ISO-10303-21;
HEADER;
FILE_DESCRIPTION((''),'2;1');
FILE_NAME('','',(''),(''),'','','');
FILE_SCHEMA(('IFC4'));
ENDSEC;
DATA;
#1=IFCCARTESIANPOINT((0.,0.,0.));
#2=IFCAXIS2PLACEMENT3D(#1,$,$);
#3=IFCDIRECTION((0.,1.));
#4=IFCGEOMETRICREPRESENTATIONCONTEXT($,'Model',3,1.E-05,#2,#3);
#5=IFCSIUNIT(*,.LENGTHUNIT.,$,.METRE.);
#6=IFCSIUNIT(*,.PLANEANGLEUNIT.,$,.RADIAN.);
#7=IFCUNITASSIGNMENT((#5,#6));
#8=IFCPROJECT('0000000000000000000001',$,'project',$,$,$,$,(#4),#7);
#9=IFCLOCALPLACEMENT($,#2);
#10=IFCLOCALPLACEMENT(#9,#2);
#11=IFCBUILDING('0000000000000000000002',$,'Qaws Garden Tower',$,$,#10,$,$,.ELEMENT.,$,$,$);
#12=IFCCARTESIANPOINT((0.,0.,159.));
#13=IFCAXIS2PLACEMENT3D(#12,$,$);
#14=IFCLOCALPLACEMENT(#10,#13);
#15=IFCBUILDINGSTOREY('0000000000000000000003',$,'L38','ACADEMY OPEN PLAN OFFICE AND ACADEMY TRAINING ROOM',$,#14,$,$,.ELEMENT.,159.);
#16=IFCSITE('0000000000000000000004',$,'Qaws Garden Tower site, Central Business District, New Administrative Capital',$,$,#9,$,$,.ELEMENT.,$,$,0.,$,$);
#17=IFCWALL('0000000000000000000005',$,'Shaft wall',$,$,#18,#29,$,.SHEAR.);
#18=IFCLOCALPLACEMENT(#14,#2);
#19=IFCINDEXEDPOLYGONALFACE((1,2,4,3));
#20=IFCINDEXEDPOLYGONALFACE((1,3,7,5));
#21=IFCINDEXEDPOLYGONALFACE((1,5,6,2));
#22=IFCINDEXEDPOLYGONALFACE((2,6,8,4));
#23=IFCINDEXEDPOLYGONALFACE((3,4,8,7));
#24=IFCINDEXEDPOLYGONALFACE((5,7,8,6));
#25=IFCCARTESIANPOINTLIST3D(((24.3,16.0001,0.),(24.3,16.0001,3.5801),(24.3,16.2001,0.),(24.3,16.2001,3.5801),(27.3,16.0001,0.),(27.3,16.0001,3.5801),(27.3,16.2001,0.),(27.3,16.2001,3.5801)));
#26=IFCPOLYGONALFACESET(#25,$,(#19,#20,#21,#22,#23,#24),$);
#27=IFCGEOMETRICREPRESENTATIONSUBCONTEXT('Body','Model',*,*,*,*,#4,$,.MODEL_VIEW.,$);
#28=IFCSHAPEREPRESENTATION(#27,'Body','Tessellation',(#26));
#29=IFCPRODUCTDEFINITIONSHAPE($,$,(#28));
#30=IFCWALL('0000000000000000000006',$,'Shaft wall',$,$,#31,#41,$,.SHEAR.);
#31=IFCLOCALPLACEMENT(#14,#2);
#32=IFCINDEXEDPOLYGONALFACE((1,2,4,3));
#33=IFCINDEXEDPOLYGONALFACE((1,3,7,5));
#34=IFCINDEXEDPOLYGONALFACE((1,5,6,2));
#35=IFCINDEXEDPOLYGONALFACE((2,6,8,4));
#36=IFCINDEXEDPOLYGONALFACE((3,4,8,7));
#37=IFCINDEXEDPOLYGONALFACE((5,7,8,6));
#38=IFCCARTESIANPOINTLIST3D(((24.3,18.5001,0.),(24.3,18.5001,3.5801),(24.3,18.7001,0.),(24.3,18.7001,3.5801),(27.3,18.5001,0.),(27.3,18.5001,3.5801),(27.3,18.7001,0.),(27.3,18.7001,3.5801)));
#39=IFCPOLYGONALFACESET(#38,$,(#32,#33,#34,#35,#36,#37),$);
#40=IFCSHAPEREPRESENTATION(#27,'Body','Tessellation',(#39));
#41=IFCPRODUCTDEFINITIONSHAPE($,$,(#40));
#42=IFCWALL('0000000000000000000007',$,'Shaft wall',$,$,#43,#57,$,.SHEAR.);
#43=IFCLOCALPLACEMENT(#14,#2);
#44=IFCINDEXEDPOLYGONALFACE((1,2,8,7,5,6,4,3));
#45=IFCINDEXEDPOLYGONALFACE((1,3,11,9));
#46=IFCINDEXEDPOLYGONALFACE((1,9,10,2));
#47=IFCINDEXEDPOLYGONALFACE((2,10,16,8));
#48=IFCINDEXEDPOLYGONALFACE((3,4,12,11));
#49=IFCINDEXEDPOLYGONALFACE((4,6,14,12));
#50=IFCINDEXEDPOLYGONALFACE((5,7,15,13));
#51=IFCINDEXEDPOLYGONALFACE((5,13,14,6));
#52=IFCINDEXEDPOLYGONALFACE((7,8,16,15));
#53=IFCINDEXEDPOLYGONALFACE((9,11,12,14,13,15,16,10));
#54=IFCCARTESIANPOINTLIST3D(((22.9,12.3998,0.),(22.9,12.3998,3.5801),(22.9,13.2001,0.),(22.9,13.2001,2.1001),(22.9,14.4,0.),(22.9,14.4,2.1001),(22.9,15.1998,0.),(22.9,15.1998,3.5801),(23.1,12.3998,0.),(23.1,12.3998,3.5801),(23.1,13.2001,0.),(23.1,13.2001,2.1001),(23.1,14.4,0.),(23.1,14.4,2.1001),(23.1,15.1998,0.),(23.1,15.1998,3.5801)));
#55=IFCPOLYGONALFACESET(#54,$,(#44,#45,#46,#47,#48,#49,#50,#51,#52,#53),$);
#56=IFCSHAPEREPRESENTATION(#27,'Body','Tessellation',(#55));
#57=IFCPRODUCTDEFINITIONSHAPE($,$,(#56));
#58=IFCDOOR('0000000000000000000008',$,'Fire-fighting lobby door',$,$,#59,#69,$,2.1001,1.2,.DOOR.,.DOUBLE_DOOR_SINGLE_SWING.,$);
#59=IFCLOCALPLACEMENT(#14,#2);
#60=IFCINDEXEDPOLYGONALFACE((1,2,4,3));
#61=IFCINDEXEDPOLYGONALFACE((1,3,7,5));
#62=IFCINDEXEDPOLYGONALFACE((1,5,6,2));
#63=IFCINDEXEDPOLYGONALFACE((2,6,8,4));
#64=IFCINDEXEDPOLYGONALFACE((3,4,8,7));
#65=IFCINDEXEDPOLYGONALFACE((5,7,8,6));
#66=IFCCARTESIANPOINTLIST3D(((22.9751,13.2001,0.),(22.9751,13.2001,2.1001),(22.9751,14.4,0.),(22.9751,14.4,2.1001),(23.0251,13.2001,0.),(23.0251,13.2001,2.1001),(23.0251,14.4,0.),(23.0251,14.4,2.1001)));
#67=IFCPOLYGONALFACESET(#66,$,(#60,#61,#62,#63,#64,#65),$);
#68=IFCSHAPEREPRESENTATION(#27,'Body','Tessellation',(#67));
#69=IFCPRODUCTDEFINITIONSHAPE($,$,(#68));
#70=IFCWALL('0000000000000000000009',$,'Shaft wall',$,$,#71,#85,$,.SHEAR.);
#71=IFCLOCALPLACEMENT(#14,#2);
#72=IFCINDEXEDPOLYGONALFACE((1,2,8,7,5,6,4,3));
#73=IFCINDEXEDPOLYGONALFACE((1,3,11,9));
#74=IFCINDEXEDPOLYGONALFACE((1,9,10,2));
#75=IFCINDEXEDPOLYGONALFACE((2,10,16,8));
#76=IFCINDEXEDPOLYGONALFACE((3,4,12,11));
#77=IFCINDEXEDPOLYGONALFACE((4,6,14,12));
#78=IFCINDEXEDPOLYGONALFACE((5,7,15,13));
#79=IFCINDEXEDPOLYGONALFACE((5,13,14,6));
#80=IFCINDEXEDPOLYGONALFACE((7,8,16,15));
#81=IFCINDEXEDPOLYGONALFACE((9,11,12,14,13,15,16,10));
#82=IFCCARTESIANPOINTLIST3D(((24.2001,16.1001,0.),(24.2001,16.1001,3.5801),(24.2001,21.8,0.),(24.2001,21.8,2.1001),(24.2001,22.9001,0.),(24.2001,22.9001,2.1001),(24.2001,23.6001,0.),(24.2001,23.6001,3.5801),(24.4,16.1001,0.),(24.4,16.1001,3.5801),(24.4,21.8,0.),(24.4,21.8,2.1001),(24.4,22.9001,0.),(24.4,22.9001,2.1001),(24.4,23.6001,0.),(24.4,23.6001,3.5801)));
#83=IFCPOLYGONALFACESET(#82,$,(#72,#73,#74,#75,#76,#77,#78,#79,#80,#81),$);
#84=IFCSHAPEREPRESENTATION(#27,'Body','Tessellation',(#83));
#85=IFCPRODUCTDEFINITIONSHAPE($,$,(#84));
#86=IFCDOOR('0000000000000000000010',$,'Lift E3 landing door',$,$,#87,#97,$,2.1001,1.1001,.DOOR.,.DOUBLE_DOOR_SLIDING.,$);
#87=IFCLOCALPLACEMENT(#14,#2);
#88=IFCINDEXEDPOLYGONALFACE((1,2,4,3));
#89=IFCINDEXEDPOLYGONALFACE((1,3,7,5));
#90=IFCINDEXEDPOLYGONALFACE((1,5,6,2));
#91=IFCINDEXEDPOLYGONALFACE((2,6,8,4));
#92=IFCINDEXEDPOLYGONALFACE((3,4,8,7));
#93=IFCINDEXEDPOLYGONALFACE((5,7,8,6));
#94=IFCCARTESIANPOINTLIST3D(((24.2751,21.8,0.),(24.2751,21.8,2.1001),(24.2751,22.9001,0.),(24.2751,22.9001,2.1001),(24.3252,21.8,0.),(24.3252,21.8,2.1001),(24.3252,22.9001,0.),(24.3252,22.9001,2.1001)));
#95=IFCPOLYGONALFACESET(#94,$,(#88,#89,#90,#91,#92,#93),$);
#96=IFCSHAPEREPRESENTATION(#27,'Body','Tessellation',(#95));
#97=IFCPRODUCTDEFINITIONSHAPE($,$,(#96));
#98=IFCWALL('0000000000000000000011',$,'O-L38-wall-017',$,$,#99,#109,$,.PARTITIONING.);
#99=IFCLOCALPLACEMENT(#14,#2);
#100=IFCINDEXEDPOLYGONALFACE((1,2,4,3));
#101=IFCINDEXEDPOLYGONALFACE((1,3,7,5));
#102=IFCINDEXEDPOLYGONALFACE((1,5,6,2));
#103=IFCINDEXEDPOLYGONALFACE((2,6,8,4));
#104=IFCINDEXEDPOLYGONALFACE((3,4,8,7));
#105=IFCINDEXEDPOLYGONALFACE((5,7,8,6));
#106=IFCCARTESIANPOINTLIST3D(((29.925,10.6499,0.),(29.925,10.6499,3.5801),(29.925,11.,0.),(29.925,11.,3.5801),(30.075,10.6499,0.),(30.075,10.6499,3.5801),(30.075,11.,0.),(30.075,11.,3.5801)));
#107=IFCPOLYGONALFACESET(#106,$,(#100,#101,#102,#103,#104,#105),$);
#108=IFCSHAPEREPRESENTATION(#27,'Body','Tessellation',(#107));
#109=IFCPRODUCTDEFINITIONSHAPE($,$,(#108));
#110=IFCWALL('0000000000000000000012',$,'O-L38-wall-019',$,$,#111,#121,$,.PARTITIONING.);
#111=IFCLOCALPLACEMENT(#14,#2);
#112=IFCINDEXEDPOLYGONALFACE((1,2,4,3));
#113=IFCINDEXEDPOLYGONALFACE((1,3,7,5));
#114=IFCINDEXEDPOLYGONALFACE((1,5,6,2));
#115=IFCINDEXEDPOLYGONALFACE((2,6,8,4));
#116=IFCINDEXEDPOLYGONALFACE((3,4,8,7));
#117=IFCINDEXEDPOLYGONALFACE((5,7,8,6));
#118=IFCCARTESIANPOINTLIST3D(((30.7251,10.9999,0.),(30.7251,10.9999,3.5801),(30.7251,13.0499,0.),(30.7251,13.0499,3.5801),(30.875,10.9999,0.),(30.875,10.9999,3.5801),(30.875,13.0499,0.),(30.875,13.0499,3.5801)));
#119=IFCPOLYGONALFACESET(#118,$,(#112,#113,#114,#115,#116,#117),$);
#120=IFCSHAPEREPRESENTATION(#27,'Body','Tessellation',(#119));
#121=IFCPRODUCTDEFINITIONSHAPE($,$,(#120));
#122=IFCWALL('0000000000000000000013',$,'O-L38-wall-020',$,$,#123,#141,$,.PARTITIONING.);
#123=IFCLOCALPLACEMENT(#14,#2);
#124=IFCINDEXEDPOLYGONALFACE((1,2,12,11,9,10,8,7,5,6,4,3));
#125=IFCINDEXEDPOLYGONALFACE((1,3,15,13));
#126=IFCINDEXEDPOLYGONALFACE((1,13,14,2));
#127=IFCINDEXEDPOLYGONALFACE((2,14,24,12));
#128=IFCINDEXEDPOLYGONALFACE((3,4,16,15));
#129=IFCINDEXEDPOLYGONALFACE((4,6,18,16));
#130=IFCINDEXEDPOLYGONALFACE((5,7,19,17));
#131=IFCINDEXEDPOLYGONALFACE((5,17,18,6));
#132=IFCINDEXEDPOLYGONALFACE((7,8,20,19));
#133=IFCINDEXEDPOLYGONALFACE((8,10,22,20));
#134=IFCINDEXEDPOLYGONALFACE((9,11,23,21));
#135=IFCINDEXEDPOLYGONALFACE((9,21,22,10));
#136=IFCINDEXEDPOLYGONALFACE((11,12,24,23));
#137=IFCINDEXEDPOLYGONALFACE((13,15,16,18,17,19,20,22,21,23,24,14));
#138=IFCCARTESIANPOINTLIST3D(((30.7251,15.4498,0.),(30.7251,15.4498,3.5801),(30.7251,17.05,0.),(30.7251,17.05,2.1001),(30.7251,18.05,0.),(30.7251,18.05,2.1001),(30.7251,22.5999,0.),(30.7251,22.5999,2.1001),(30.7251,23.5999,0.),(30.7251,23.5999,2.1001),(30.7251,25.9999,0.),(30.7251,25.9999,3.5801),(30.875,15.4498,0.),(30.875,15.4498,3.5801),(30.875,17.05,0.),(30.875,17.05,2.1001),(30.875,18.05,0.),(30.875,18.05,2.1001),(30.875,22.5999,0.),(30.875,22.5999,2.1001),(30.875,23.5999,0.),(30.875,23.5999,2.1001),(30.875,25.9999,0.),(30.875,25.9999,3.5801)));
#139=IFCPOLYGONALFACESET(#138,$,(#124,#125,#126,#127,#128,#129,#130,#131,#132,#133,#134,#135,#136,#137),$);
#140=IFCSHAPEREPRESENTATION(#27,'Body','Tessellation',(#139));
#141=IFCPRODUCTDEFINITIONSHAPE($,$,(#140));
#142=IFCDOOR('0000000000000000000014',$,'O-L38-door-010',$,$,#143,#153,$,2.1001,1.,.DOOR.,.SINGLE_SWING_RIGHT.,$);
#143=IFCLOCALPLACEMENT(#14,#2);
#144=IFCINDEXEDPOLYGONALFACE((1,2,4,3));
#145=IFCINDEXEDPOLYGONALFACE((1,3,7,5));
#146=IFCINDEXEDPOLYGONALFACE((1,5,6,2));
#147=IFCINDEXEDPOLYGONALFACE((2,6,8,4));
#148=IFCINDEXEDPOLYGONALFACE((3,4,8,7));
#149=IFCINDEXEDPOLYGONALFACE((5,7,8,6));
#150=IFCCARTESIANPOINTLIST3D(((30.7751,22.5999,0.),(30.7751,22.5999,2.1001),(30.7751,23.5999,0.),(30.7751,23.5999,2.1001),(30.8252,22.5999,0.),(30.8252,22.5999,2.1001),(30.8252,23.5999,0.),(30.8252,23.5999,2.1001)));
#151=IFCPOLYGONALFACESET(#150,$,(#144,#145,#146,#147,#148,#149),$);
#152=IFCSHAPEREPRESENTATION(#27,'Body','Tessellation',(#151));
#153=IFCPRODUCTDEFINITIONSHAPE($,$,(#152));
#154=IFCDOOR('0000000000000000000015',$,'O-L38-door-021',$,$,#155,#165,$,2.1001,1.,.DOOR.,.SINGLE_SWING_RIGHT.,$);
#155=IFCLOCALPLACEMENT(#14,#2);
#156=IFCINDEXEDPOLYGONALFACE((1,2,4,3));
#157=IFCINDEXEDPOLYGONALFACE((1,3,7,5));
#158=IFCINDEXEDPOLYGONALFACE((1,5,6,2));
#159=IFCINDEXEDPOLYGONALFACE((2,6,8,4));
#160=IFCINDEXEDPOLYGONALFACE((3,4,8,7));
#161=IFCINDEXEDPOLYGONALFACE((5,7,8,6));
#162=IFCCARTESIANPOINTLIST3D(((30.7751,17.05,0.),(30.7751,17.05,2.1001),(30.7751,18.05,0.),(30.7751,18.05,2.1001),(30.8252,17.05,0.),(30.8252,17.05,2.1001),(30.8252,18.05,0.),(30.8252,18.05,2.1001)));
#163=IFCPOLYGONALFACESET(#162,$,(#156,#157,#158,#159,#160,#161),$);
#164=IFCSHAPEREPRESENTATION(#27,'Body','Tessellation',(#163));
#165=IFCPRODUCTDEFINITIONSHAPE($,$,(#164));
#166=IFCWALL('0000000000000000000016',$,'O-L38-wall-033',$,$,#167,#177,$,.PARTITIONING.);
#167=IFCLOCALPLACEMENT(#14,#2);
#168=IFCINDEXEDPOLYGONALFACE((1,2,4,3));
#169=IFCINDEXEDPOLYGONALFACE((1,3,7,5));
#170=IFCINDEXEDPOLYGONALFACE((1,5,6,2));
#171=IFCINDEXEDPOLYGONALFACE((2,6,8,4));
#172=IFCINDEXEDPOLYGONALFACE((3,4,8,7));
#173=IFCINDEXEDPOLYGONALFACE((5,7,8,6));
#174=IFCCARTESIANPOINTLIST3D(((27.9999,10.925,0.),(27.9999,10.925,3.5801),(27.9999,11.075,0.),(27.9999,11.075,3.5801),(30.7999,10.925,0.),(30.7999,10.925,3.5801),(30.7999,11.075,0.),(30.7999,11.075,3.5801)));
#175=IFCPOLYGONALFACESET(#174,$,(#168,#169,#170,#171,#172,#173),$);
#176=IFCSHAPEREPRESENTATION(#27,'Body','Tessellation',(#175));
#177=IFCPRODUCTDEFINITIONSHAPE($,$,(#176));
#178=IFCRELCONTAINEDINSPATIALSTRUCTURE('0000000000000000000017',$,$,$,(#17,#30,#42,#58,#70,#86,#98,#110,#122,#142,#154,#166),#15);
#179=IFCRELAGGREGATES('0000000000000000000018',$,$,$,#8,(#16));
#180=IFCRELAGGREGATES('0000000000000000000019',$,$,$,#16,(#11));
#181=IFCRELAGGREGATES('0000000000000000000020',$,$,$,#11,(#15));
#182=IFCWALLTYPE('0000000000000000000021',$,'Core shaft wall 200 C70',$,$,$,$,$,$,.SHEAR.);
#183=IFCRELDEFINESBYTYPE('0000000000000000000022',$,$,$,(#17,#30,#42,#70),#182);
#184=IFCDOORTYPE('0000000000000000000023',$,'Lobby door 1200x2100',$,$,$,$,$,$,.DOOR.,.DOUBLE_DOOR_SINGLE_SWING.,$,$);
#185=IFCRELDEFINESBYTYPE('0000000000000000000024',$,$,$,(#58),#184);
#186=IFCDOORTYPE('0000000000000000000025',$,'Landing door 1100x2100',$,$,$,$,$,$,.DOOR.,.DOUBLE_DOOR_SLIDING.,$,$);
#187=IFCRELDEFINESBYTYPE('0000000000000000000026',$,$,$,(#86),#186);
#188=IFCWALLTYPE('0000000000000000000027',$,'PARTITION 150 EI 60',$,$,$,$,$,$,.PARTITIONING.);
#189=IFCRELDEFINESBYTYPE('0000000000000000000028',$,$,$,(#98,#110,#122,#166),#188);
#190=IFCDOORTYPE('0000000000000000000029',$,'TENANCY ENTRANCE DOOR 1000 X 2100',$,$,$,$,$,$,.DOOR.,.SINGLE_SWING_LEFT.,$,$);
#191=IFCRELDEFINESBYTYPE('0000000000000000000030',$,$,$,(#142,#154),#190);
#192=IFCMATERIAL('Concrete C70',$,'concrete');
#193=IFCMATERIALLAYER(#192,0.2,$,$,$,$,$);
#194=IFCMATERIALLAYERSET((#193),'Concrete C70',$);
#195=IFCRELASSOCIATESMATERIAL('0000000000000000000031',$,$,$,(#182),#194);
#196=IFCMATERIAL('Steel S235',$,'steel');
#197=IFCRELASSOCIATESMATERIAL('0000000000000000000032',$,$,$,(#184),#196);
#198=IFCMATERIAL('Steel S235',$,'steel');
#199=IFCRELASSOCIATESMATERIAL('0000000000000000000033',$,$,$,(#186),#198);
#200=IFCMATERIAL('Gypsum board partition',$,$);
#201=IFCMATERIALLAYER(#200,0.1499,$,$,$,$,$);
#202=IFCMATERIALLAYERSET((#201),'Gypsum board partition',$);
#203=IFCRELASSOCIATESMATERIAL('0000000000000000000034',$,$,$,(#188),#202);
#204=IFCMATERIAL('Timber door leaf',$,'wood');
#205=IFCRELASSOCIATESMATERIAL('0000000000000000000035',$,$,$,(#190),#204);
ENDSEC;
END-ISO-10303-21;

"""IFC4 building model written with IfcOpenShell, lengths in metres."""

from ifc_helpers import new_model, si_unit, direction, frame, frame_2d, origin, place, context, subcontext, project, spatial, rectangle, extrude, material, layer, layer_set, type_object, element, fill, save


model = new_model("IFC4")

# Units and contexts
model_context = context("Model", 3, precision=1e-05, world=origin(), true_north=direction((0.0, 1.0)))
body_context = subcontext(model_context, "Body", "Model", "MODEL_VIEW")
ifc_project = project(units=[si_unit("LENGTHUNIT", "METRE"), si_unit("PLANEANGLEUNIT", "RADIAN")], contexts=[model_context])

# Site, building, storey
site_placement = place(None, origin())
site = spatial("IfcSite", under=ifc_project, at=site_placement, Name="Qaws Garden Tower site, Central Business District, New Administrative Capital", CompositionType="ELEMENT", RefElevation=0.0)
building_placement = place(site_placement, origin())
building = spatial("IfcBuilding", under=site, at=building_placement, Name="Qaws Garden Tower", CompositionType="ELEMENT")
storey_placement = place(building_placement, frame((0.0, 0.0, 159.0)))
storey = spatial("IfcBuildingStorey", under=building, at=storey_placement, Name="L38", Description="ACADEMY OPEN PLAN OFFICE AND ACADEMY TRAINING ROOM", CompositionType="ELEMENT", Elevation=159.0)

# Walls
ifc_material_1 = material(Name="Concrete C70", Category="concrete")
ifc_layer_1 = layer(ifc_material_1, 0.2)
ifc_layer_set_1 = layer_set([ifc_layer_1], Name="Concrete C70")
wall_type_1 = type_object("IfcWallType", Name="Core shaft wall 200 C70", PredefinedType="SHEAR", material=ifc_layer_set_1)
for number, where, z_axis, x_axis, name in (
    (1, (24.3, 16.1001, 0.0), (0.0, 0.0, 1.0), (1.0, 0.0, 0.0), "Shaft wall"),
    (2, (24.3, 18.6001, 0.0), (0.0, 0.0, 1.0), (1.0, 0.0, 0.0), "Shaft wall"),
):
    element("IfcWall", number, at=place(storey_placement, frame(where, z_axis=z_axis, x_axis=x_axis)), inside=storey, type_object=wall_type_1, Name=name, PredefinedType="SHEAR", context=body_context, shape_type="SweptSolid", body=[
        extrude(rectangle(XDim=3.0, YDim=0.2, at=frame_2d((1.5, 0.0))), origin(), (0.0, 0.0, 1.0), 3.5801),
    ])

# Walls, openings, doors
wall_1_placement = place(storey_placement, frame((23.0, 12.3999, 0.0), z_axis=(0.0, 0.0, 1.0), x_axis=(0.0, 1.0, 0.0)))
wall_1 = element("IfcWall", 3, at=wall_1_placement, inside=storey, type_object=wall_type_1, Name="Shaft wall", PredefinedType="SHEAR", context=body_context, shape_type="SweptSolid", body=[
    extrude(rectangle(XDim=2.8, YDim=0.2, at=frame_2d((1.3999, 0.0))), origin(), (0.0, 0.0, 1.0), 3.5801),
])
opening_1_placement = place(wall_1_placement, frame((0.8, 0.0, 0.0)))
opening_1 = element("IfcOpeningElement", 4, at=opening_1_placement, cuts=wall_1, PredefinedType="OPENING", context=body_context, shape_type="SweptSolid", body=[
    extrude(rectangle(XDim=1.2, YDim=2.1001, at=frame_2d((0.6001, 1.05))), frame((0.0, 0.1099, 0.0), z_axis=(0.0, -1.0, 0.0), x_axis=(1.0, 0.0, 0.0)), (0.0, 0.0, 1.0), 0.22),
])
ifc_material_2 = material(Name="Steel S235", Category="steel")
door_type_1 = type_object("IfcDoorType", Name="Lobby door 1200x2100", OperationType="DOUBLE_DOOR_SINGLE_SWING", PredefinedType="DOOR", material=ifc_material_2)
door_1_placement = place(opening_1_placement, origin())
door_1 = element("IfcDoor", 5, at=door_1_placement, inside=storey, type_object=door_type_1, Name="Fire-fighting lobby door", OperationType="DOUBLE_DOOR_SINGLE_SWING", OverallHeight=2.1001, OverallWidth=1.2, PredefinedType="DOOR", context=body_context, shape_type="SweptSolid", body=[
    extrude(rectangle(XDim=1.2, YDim=2.1001, at=frame_2d((0.6001, 1.05))), frame((0.0, 0.0249, 0.0), z_axis=(0.0, -1.0, 0.0), x_axis=(1.0, 0.0, 0.0)), (0.0, 0.0, 1.0), 0.05),
])
fill(opening_1, door_1)
wall_2_placement = place(storey_placement, frame((24.3, 16.1001, 0.0), z_axis=(0.0, 0.0, 1.0), x_axis=(0.0, 1.0, 0.0)))
wall_2 = element("IfcWall", 6, at=wall_2_placement, inside=storey, type_object=wall_type_1, Name="Shaft wall", PredefinedType="SHEAR", context=body_context, shape_type="SweptSolid", body=[
    extrude(rectangle(XDim=7.5, YDim=0.2, at=frame_2d((3.75, 0.0))), origin(), (0.0, 0.0, 1.0), 3.5801),
])
opening_2_placement = place(wall_2_placement, frame((5.7, 0.0, 0.0)))
opening_2 = element("IfcOpeningElement", 7, at=opening_2_placement, cuts=wall_2, PredefinedType="OPENING", context=body_context, shape_type="SweptSolid", body=[
    extrude(rectangle(XDim=1.1001, YDim=2.1001, at=frame_2d((0.55, 1.05))), frame((0.0, 0.1099, 0.0), z_axis=(0.0, -1.0, 0.0), x_axis=(1.0, 0.0, 0.0)), (0.0, 0.0, 1.0), 0.22),
])
ifc_material_3 = material(Name="Steel S235", Category="steel")
door_type_2 = type_object("IfcDoorType", Name="Landing door 1100x2100", OperationType="DOUBLE_DOOR_SLIDING", PredefinedType="DOOR", material=ifc_material_3)
door_2_placement = place(opening_2_placement, origin())
door_2 = element("IfcDoor", 8, at=door_2_placement, inside=storey, type_object=door_type_2, Name="Lift E3 landing door", OperationType="DOUBLE_DOOR_SLIDING", OverallHeight=2.1001, OverallWidth=1.1001, PredefinedType="DOOR", context=body_context, shape_type="SweptSolid", body=[
    extrude(rectangle(XDim=1.1001, YDim=2.1001, at=frame_2d((0.55, 1.05))), frame((0.0, 0.0249, 0.0), z_axis=(0.0, -1.0, 0.0), x_axis=(1.0, 0.0, 0.0)), (0.0, 0.0, 1.0), 0.05),
])
fill(opening_2, door_2)

# Walls
ifc_material_4 = material(Name="Gypsum board partition")
ifc_layer_2 = layer(ifc_material_4, 0.1499)
ifc_layer_set_2 = layer_set([ifc_layer_2], Name="Gypsum board partition")
wall_type_2 = type_object("IfcWallType", Name="PARTITION 150 EI 60", PredefinedType="PARTITIONING", material=ifc_layer_set_2)
wall_3_placement = place(storey_placement, frame((30.0, 10.6499, 0.0), z_axis=(0.0, 0.0, 1.0), x_axis=(0.0, 1.0, 0.0)))
element("IfcWall", 9, at=wall_3_placement, inside=storey, type_object=wall_type_2, Name="O-L38-wall-017", PredefinedType="PARTITIONING", context=body_context, shape_type="SweptSolid", body=[
    extrude(rectangle(XDim=0.3501, YDim=0.1499, at=frame_2d((0.175, 0.0))), origin(), (0.0, 0.0, 1.0), 3.5801),
])
wall_4_placement = place(storey_placement, frame((30.8, 11.0, 0.0), z_axis=(0.0, 0.0, 1.0), x_axis=(0.0, 1.0, 0.0)))
element("IfcWall", 10, at=wall_4_placement, inside=storey, type_object=wall_type_2, Name="O-L38-wall-019", PredefinedType="PARTITIONING", context=body_context, shape_type="SweptSolid", body=[
    extrude(rectangle(XDim=2.05, YDim=0.1499, at=frame_2d((1.0249, 0.0))), origin(), (0.0, 0.0, 1.0), 3.5801),
])

# Wall, openings, doors
wall_5_placement = place(storey_placement, frame((30.8, 15.45, 0.0), z_axis=(0.0, 0.0, 1.0), x_axis=(0.0, 1.0, 0.0)))
wall_5 = element("IfcWall", 11, at=wall_5_placement, inside=storey, type_object=wall_type_2, Name="O-L38-wall-020", PredefinedType="PARTITIONING", context=body_context, shape_type="SweptSolid", body=[
    extrude(rectangle(XDim=10.55, YDim=0.1499, at=frame_2d((5.2749, 0.0))), origin(), (0.0, 0.0, 1.0), 3.5801),
])
opening_3_placement = place(wall_5_placement, frame((7.1499, 0.0, 0.0)))
opening_3 = element("IfcOpeningElement", 12, at=opening_3_placement, cuts=wall_5, PredefinedType="OPENING", context=body_context, shape_type="SweptSolid", body=[
    extrude(rectangle(XDim=1.0, YDim=2.1001, at=frame_2d((0.5, 1.05))), frame((0.0, 0.085, 0.0), z_axis=(0.0, -1.0, 0.0), x_axis=(1.0, 0.0, 0.0)), (0.0, 0.0, 1.0), 0.1699),
])
opening_4_placement = place(wall_5_placement, frame((1.6001, 0.0, 0.0)))
opening_4 = element("IfcOpeningElement", 13, at=opening_4_placement, cuts=wall_5, PredefinedType="OPENING", context=body_context, shape_type="SweptSolid", body=[
    extrude(rectangle(XDim=1.0, YDim=2.1001, at=frame_2d((0.5, 1.05))), frame((0.0, 0.085, 0.0), z_axis=(0.0, -1.0, 0.0), x_axis=(1.0, 0.0, 0.0)), (0.0, 0.0, 1.0), 0.1699),
])
ifc_material_5 = material(Name="Timber door leaf", Category="wood")
door_type_3 = type_object("IfcDoorType", Name="TENANCY ENTRANCE DOOR 1000 X 2100", OperationType="SINGLE_SWING_LEFT", PredefinedType="DOOR", material=ifc_material_5)
door_3_placement = place(opening_3_placement, origin())
door_3 = element("IfcDoor", 14, at=door_3_placement, inside=storey, type_object=door_type_3, Name="O-L38-door-010", OperationType="SINGLE_SWING_RIGHT", OverallHeight=2.1001, OverallWidth=1.0, PredefinedType="DOOR", context=body_context, shape_type="SweptSolid", body=[
    extrude(rectangle(XDim=1.0, YDim=2.1001, at=frame_2d((0.5, 1.05))), frame((0.0, 0.0249, 0.0), z_axis=(0.0, -1.0, 0.0), x_axis=(1.0, 0.0, 0.0)), (0.0, 0.0, 1.0), 0.05),
])
fill(opening_3, door_3)
door_4_placement = place(opening_4_placement, origin())
door_4 = element("IfcDoor", 15, at=door_4_placement, inside=storey, type_object=door_type_3, Name="O-L38-door-021", OperationType="SINGLE_SWING_RIGHT", OverallHeight=2.1001, OverallWidth=1.0, PredefinedType="DOOR", context=body_context, shape_type="SweptSolid", body=[
    extrude(rectangle(XDim=1.0, YDim=2.1001, at=frame_2d((0.5, 1.05))), frame((0.0, 0.0249, 0.0), z_axis=(0.0, -1.0, 0.0), x_axis=(1.0, 0.0, 0.0)), (0.0, 0.0, 1.0), 0.05),
])
fill(opening_4, door_4)

# Wall
wall_6_placement = place(storey_placement, frame((28.0, 11.0, 0.0), z_axis=(0.0, 0.0, 1.0), x_axis=(1.0, 0.0, 0.0)))
element("IfcWall", 16, at=wall_6_placement, inside=storey, type_object=wall_type_2, Name="O-L38-wall-033", PredefinedType="PARTITIONING", context=body_context, shape_type="SweptSolid", body=[
    extrude(rectangle(XDim=2.8, YDim=0.1499, at=frame_2d((1.3999, 0.0))), origin(), (0.0, 0.0, 1.0), 3.5801),
])

save(model, "model.ifc")
